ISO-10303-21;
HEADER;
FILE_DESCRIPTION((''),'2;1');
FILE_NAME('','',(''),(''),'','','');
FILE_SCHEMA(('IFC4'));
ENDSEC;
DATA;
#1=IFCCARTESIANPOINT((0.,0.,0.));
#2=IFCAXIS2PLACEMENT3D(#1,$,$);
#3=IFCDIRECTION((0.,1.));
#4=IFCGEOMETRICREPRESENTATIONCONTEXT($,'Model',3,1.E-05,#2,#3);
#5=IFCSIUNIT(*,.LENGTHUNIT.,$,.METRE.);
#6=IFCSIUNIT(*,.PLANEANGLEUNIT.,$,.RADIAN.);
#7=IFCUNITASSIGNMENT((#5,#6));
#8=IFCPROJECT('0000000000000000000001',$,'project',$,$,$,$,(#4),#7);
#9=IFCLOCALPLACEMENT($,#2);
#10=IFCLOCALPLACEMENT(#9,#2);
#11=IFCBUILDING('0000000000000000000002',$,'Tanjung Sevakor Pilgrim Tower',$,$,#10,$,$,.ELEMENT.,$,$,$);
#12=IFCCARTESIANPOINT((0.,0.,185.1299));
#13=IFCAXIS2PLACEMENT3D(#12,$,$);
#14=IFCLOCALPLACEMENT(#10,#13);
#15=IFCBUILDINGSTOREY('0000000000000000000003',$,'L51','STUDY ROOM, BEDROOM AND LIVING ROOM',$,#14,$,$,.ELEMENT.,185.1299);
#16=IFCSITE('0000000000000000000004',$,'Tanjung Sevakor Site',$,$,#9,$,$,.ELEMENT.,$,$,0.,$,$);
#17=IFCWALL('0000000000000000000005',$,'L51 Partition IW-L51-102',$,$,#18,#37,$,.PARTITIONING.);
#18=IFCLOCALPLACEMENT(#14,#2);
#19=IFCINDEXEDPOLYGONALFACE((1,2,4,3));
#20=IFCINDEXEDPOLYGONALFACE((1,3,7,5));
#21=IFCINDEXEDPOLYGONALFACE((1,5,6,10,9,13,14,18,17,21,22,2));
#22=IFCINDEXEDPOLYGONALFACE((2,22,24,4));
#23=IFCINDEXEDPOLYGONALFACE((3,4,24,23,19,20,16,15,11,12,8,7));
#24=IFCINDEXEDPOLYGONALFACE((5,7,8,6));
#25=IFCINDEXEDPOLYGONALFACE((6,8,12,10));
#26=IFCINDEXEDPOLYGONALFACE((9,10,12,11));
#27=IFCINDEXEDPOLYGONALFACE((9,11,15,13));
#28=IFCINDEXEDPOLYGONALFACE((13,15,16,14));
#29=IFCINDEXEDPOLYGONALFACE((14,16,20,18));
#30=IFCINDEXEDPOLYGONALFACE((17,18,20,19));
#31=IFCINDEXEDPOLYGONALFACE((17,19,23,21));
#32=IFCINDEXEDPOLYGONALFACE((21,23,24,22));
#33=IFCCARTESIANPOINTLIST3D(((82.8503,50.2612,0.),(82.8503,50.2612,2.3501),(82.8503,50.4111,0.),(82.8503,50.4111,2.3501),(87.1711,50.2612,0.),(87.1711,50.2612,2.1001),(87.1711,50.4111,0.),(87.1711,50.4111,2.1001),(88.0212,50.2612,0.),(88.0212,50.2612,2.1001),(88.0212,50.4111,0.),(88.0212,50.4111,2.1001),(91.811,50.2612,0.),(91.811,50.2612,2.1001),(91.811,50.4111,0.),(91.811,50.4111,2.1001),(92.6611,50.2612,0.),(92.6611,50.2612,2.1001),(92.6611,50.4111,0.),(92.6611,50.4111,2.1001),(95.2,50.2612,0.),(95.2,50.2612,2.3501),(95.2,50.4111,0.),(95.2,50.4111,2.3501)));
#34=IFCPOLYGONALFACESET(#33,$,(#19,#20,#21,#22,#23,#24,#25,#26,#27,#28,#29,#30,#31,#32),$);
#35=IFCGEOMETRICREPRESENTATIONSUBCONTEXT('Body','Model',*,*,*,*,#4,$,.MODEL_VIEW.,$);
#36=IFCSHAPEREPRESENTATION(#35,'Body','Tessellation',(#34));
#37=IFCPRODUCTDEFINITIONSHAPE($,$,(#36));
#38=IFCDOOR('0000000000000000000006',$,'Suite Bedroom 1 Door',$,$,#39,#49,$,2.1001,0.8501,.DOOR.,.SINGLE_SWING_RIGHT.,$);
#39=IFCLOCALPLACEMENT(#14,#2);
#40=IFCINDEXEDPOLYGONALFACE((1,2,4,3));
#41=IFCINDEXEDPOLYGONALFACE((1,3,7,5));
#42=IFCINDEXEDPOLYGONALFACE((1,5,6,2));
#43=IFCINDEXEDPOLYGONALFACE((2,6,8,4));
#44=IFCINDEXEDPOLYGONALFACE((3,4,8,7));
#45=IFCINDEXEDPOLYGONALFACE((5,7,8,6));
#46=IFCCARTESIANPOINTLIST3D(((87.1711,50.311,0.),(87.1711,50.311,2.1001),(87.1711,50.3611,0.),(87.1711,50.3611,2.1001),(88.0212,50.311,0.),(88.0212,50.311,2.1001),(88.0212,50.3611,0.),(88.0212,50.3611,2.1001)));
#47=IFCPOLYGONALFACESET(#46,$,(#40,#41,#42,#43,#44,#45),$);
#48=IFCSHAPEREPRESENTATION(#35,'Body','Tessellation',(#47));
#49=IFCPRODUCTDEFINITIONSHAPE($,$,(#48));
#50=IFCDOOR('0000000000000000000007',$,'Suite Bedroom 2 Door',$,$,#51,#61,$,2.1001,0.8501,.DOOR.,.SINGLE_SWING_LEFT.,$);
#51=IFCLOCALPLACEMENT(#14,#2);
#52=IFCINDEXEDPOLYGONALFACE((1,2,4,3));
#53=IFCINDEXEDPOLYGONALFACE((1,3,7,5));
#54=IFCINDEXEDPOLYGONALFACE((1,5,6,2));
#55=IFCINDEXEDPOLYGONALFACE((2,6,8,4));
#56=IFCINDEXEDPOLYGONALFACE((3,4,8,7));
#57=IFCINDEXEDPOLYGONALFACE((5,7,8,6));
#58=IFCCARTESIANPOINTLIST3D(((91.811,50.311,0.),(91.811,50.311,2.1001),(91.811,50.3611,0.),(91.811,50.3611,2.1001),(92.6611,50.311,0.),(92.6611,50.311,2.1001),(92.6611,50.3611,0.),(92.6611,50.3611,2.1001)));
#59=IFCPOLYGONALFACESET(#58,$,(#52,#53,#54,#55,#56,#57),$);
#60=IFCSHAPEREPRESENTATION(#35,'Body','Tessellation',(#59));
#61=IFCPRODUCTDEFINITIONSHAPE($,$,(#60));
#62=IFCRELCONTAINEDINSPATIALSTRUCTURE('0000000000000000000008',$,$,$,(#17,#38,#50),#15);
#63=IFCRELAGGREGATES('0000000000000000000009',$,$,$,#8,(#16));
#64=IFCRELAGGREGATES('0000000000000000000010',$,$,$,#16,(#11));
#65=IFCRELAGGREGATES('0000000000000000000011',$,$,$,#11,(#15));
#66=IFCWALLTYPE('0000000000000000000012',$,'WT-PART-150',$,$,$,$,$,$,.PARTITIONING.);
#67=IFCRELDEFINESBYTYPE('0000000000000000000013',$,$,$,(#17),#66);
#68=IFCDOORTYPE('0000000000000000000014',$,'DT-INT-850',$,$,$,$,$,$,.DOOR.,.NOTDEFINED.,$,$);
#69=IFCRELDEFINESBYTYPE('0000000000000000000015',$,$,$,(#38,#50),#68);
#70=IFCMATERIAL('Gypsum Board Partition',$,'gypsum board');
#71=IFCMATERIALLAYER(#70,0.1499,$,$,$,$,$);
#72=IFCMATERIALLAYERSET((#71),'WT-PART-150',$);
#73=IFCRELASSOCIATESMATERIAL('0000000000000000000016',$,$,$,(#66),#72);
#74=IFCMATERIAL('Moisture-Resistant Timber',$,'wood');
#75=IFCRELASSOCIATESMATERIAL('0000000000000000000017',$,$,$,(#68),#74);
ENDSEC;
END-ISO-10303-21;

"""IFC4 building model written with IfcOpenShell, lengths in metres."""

from ifc_helpers import new_model, si_unit, direction, frame, frame_2d, origin, place, context, subcontext, project, spatial, rectangle, extrude, material, layer, layer_set, type_object, element, fill, save


model = new_model("IFC4")

# Units and contexts
model_context = context("Model", 3, precision=1e-05, world=origin(), true_north=direction((0.0, 1.0)))
body_context = subcontext(model_context, "Body", "Model", "MODEL_VIEW")
ifc_project = project(units=[si_unit("LENGTHUNIT", "METRE"), si_unit("PLANEANGLEUNIT", "RADIAN")], contexts=[model_context])

# Site, building, storey
site_placement = place(None, origin())
site = spatial("IfcSite", under=ifc_project, at=site_placement, Name="Tanjung Sevakor Site", CompositionType="ELEMENT", RefElevation=0.0)
building_placement = place(site_placement, origin())
building = spatial("IfcBuilding", under=site, at=building_placement, Name="Tanjung Sevakor Pilgrim Tower", CompositionType="ELEMENT")
storey_placement = place(building_placement, frame((0.0, 0.0, 185.1299)))
storey = spatial("IfcBuildingStorey", under=building, at=storey_placement, Name="L51", Description="STUDY ROOM, BEDROOM AND LIVING ROOM", CompositionType="ELEMENT", Elevation=185.1299)

# Shared definitions
ifc_material_1 = material(Name="Gypsum Board Partition", Category="gypsum board")
ifc_layer_1 = layer(ifc_material_1, 0.1499)
ifc_layer_set_1 = layer_set([ifc_layer_1], Name="WT-PART-150")
wall_type_1 = type_object("IfcWallType", Name="WT-PART-150", PredefinedType="PARTITIONING", material=ifc_layer_set_1)

# Wall, openings, doors
ifc_material_2 = material(Name="Moisture-Resistant Timber", Category="wood")
door_type_1 = type_object("IfcDoorType", Name="DT-INT-850", OperationType="NOTDEFINED", PredefinedType="DOOR", material=ifc_material_2)
wall_1_placement = place(storey_placement, frame((82.8503, 50.3362, 0.0), z_axis=(0.0, 0.0, 1.0), x_axis=(1.0, 0.0, 0.0)))
wall_1 = element("IfcWall", 1, at=wall_1_placement, inside=storey, type_object=wall_type_1, Name="L51 Partition IW-L51-102", PredefinedType="PARTITIONING", context=body_context, shape_type="SweptSolid", body=[
    extrude(rectangle(XDim=12.3496, YDim=0.1499, at=frame_2d((6.1748, 0.0))), origin(), (0.0, 0.0, 1.0), 2.3501),
])
opening_1_placement = place(wall_1_placement, frame((4.3208, 0.0, 0.0)))
opening_1 = element("IfcOpeningElement", 2, at=opening_1_placement, cuts=wall_1, PredefinedType="OPENING", context=body_context, shape_type="SweptSolid", body=[
    extrude(rectangle(XDim=0.8501, YDim=2.1001, at=frame_2d((0.425, 1.05))), frame((0.0, 0.085, 0.0), z_axis=(0.0, -1.0, 0.0), x_axis=(1.0, 0.0, 0.0)), (0.0, 0.0, 1.0), 0.1699),
])
opening_2_placement = place(wall_1_placement, frame((8.9607, 0.0, 0.0)))
opening_2 = element("IfcOpeningElement", 3, at=opening_2_placement, cuts=wall_1, PredefinedType="OPENING", context=body_context, shape_type="SweptSolid", body=[
    extrude(rectangle(XDim=0.8501, YDim=2.1001, at=frame_2d((0.425, 1.05))), frame((0.0, 0.085, 0.0), z_axis=(0.0, -1.0, 0.0), x_axis=(1.0, 0.0, 0.0)), (0.0, 0.0, 1.0), 0.1699),
])
door_1_placement = place(opening_1_placement, origin())
door_1 = element("IfcDoor", 4, at=door_1_placement, inside=storey, type_object=door_type_1, Name="Suite Bedroom 1 Door", OperationType="SINGLE_SWING_RIGHT", OverallHeight=2.1001, OverallWidth=0.8501, PredefinedType="DOOR", context=body_context, shape_type="SweptSolid", body=[
    extrude(rectangle(XDim=0.8501, YDim=2.1001, at=frame_2d((0.425, 1.05))), frame((0.0, 0.0249, 0.0), z_axis=(0.0, -1.0, 0.0), x_axis=(1.0, 0.0, 0.0)), (0.0, 0.0, 1.0), 0.05),
])
fill(opening_1, door_1)
door_2_placement = place(opening_2_placement, origin())
door_2 = element("IfcDoor", 5, at=door_2_placement, inside=storey, type_object=door_type_1, Name="Suite Bedroom 2 Door", OperationType="SINGLE_SWING_LEFT", OverallHeight=2.1001, OverallWidth=0.8501, PredefinedType="DOOR", context=body_context, shape_type="SweptSolid", body=[
    extrude(rectangle(XDim=0.8501, YDim=2.1001, at=frame_2d((0.425, 1.05))), frame((0.0, 0.0249, 0.0), z_axis=(0.0, -1.0, 0.0), x_axis=(1.0, 0.0, 0.0)), (0.0, 0.0, 1.0), 0.05),
])
fill(opening_2, door_2)

save(model, "model.ifc")
